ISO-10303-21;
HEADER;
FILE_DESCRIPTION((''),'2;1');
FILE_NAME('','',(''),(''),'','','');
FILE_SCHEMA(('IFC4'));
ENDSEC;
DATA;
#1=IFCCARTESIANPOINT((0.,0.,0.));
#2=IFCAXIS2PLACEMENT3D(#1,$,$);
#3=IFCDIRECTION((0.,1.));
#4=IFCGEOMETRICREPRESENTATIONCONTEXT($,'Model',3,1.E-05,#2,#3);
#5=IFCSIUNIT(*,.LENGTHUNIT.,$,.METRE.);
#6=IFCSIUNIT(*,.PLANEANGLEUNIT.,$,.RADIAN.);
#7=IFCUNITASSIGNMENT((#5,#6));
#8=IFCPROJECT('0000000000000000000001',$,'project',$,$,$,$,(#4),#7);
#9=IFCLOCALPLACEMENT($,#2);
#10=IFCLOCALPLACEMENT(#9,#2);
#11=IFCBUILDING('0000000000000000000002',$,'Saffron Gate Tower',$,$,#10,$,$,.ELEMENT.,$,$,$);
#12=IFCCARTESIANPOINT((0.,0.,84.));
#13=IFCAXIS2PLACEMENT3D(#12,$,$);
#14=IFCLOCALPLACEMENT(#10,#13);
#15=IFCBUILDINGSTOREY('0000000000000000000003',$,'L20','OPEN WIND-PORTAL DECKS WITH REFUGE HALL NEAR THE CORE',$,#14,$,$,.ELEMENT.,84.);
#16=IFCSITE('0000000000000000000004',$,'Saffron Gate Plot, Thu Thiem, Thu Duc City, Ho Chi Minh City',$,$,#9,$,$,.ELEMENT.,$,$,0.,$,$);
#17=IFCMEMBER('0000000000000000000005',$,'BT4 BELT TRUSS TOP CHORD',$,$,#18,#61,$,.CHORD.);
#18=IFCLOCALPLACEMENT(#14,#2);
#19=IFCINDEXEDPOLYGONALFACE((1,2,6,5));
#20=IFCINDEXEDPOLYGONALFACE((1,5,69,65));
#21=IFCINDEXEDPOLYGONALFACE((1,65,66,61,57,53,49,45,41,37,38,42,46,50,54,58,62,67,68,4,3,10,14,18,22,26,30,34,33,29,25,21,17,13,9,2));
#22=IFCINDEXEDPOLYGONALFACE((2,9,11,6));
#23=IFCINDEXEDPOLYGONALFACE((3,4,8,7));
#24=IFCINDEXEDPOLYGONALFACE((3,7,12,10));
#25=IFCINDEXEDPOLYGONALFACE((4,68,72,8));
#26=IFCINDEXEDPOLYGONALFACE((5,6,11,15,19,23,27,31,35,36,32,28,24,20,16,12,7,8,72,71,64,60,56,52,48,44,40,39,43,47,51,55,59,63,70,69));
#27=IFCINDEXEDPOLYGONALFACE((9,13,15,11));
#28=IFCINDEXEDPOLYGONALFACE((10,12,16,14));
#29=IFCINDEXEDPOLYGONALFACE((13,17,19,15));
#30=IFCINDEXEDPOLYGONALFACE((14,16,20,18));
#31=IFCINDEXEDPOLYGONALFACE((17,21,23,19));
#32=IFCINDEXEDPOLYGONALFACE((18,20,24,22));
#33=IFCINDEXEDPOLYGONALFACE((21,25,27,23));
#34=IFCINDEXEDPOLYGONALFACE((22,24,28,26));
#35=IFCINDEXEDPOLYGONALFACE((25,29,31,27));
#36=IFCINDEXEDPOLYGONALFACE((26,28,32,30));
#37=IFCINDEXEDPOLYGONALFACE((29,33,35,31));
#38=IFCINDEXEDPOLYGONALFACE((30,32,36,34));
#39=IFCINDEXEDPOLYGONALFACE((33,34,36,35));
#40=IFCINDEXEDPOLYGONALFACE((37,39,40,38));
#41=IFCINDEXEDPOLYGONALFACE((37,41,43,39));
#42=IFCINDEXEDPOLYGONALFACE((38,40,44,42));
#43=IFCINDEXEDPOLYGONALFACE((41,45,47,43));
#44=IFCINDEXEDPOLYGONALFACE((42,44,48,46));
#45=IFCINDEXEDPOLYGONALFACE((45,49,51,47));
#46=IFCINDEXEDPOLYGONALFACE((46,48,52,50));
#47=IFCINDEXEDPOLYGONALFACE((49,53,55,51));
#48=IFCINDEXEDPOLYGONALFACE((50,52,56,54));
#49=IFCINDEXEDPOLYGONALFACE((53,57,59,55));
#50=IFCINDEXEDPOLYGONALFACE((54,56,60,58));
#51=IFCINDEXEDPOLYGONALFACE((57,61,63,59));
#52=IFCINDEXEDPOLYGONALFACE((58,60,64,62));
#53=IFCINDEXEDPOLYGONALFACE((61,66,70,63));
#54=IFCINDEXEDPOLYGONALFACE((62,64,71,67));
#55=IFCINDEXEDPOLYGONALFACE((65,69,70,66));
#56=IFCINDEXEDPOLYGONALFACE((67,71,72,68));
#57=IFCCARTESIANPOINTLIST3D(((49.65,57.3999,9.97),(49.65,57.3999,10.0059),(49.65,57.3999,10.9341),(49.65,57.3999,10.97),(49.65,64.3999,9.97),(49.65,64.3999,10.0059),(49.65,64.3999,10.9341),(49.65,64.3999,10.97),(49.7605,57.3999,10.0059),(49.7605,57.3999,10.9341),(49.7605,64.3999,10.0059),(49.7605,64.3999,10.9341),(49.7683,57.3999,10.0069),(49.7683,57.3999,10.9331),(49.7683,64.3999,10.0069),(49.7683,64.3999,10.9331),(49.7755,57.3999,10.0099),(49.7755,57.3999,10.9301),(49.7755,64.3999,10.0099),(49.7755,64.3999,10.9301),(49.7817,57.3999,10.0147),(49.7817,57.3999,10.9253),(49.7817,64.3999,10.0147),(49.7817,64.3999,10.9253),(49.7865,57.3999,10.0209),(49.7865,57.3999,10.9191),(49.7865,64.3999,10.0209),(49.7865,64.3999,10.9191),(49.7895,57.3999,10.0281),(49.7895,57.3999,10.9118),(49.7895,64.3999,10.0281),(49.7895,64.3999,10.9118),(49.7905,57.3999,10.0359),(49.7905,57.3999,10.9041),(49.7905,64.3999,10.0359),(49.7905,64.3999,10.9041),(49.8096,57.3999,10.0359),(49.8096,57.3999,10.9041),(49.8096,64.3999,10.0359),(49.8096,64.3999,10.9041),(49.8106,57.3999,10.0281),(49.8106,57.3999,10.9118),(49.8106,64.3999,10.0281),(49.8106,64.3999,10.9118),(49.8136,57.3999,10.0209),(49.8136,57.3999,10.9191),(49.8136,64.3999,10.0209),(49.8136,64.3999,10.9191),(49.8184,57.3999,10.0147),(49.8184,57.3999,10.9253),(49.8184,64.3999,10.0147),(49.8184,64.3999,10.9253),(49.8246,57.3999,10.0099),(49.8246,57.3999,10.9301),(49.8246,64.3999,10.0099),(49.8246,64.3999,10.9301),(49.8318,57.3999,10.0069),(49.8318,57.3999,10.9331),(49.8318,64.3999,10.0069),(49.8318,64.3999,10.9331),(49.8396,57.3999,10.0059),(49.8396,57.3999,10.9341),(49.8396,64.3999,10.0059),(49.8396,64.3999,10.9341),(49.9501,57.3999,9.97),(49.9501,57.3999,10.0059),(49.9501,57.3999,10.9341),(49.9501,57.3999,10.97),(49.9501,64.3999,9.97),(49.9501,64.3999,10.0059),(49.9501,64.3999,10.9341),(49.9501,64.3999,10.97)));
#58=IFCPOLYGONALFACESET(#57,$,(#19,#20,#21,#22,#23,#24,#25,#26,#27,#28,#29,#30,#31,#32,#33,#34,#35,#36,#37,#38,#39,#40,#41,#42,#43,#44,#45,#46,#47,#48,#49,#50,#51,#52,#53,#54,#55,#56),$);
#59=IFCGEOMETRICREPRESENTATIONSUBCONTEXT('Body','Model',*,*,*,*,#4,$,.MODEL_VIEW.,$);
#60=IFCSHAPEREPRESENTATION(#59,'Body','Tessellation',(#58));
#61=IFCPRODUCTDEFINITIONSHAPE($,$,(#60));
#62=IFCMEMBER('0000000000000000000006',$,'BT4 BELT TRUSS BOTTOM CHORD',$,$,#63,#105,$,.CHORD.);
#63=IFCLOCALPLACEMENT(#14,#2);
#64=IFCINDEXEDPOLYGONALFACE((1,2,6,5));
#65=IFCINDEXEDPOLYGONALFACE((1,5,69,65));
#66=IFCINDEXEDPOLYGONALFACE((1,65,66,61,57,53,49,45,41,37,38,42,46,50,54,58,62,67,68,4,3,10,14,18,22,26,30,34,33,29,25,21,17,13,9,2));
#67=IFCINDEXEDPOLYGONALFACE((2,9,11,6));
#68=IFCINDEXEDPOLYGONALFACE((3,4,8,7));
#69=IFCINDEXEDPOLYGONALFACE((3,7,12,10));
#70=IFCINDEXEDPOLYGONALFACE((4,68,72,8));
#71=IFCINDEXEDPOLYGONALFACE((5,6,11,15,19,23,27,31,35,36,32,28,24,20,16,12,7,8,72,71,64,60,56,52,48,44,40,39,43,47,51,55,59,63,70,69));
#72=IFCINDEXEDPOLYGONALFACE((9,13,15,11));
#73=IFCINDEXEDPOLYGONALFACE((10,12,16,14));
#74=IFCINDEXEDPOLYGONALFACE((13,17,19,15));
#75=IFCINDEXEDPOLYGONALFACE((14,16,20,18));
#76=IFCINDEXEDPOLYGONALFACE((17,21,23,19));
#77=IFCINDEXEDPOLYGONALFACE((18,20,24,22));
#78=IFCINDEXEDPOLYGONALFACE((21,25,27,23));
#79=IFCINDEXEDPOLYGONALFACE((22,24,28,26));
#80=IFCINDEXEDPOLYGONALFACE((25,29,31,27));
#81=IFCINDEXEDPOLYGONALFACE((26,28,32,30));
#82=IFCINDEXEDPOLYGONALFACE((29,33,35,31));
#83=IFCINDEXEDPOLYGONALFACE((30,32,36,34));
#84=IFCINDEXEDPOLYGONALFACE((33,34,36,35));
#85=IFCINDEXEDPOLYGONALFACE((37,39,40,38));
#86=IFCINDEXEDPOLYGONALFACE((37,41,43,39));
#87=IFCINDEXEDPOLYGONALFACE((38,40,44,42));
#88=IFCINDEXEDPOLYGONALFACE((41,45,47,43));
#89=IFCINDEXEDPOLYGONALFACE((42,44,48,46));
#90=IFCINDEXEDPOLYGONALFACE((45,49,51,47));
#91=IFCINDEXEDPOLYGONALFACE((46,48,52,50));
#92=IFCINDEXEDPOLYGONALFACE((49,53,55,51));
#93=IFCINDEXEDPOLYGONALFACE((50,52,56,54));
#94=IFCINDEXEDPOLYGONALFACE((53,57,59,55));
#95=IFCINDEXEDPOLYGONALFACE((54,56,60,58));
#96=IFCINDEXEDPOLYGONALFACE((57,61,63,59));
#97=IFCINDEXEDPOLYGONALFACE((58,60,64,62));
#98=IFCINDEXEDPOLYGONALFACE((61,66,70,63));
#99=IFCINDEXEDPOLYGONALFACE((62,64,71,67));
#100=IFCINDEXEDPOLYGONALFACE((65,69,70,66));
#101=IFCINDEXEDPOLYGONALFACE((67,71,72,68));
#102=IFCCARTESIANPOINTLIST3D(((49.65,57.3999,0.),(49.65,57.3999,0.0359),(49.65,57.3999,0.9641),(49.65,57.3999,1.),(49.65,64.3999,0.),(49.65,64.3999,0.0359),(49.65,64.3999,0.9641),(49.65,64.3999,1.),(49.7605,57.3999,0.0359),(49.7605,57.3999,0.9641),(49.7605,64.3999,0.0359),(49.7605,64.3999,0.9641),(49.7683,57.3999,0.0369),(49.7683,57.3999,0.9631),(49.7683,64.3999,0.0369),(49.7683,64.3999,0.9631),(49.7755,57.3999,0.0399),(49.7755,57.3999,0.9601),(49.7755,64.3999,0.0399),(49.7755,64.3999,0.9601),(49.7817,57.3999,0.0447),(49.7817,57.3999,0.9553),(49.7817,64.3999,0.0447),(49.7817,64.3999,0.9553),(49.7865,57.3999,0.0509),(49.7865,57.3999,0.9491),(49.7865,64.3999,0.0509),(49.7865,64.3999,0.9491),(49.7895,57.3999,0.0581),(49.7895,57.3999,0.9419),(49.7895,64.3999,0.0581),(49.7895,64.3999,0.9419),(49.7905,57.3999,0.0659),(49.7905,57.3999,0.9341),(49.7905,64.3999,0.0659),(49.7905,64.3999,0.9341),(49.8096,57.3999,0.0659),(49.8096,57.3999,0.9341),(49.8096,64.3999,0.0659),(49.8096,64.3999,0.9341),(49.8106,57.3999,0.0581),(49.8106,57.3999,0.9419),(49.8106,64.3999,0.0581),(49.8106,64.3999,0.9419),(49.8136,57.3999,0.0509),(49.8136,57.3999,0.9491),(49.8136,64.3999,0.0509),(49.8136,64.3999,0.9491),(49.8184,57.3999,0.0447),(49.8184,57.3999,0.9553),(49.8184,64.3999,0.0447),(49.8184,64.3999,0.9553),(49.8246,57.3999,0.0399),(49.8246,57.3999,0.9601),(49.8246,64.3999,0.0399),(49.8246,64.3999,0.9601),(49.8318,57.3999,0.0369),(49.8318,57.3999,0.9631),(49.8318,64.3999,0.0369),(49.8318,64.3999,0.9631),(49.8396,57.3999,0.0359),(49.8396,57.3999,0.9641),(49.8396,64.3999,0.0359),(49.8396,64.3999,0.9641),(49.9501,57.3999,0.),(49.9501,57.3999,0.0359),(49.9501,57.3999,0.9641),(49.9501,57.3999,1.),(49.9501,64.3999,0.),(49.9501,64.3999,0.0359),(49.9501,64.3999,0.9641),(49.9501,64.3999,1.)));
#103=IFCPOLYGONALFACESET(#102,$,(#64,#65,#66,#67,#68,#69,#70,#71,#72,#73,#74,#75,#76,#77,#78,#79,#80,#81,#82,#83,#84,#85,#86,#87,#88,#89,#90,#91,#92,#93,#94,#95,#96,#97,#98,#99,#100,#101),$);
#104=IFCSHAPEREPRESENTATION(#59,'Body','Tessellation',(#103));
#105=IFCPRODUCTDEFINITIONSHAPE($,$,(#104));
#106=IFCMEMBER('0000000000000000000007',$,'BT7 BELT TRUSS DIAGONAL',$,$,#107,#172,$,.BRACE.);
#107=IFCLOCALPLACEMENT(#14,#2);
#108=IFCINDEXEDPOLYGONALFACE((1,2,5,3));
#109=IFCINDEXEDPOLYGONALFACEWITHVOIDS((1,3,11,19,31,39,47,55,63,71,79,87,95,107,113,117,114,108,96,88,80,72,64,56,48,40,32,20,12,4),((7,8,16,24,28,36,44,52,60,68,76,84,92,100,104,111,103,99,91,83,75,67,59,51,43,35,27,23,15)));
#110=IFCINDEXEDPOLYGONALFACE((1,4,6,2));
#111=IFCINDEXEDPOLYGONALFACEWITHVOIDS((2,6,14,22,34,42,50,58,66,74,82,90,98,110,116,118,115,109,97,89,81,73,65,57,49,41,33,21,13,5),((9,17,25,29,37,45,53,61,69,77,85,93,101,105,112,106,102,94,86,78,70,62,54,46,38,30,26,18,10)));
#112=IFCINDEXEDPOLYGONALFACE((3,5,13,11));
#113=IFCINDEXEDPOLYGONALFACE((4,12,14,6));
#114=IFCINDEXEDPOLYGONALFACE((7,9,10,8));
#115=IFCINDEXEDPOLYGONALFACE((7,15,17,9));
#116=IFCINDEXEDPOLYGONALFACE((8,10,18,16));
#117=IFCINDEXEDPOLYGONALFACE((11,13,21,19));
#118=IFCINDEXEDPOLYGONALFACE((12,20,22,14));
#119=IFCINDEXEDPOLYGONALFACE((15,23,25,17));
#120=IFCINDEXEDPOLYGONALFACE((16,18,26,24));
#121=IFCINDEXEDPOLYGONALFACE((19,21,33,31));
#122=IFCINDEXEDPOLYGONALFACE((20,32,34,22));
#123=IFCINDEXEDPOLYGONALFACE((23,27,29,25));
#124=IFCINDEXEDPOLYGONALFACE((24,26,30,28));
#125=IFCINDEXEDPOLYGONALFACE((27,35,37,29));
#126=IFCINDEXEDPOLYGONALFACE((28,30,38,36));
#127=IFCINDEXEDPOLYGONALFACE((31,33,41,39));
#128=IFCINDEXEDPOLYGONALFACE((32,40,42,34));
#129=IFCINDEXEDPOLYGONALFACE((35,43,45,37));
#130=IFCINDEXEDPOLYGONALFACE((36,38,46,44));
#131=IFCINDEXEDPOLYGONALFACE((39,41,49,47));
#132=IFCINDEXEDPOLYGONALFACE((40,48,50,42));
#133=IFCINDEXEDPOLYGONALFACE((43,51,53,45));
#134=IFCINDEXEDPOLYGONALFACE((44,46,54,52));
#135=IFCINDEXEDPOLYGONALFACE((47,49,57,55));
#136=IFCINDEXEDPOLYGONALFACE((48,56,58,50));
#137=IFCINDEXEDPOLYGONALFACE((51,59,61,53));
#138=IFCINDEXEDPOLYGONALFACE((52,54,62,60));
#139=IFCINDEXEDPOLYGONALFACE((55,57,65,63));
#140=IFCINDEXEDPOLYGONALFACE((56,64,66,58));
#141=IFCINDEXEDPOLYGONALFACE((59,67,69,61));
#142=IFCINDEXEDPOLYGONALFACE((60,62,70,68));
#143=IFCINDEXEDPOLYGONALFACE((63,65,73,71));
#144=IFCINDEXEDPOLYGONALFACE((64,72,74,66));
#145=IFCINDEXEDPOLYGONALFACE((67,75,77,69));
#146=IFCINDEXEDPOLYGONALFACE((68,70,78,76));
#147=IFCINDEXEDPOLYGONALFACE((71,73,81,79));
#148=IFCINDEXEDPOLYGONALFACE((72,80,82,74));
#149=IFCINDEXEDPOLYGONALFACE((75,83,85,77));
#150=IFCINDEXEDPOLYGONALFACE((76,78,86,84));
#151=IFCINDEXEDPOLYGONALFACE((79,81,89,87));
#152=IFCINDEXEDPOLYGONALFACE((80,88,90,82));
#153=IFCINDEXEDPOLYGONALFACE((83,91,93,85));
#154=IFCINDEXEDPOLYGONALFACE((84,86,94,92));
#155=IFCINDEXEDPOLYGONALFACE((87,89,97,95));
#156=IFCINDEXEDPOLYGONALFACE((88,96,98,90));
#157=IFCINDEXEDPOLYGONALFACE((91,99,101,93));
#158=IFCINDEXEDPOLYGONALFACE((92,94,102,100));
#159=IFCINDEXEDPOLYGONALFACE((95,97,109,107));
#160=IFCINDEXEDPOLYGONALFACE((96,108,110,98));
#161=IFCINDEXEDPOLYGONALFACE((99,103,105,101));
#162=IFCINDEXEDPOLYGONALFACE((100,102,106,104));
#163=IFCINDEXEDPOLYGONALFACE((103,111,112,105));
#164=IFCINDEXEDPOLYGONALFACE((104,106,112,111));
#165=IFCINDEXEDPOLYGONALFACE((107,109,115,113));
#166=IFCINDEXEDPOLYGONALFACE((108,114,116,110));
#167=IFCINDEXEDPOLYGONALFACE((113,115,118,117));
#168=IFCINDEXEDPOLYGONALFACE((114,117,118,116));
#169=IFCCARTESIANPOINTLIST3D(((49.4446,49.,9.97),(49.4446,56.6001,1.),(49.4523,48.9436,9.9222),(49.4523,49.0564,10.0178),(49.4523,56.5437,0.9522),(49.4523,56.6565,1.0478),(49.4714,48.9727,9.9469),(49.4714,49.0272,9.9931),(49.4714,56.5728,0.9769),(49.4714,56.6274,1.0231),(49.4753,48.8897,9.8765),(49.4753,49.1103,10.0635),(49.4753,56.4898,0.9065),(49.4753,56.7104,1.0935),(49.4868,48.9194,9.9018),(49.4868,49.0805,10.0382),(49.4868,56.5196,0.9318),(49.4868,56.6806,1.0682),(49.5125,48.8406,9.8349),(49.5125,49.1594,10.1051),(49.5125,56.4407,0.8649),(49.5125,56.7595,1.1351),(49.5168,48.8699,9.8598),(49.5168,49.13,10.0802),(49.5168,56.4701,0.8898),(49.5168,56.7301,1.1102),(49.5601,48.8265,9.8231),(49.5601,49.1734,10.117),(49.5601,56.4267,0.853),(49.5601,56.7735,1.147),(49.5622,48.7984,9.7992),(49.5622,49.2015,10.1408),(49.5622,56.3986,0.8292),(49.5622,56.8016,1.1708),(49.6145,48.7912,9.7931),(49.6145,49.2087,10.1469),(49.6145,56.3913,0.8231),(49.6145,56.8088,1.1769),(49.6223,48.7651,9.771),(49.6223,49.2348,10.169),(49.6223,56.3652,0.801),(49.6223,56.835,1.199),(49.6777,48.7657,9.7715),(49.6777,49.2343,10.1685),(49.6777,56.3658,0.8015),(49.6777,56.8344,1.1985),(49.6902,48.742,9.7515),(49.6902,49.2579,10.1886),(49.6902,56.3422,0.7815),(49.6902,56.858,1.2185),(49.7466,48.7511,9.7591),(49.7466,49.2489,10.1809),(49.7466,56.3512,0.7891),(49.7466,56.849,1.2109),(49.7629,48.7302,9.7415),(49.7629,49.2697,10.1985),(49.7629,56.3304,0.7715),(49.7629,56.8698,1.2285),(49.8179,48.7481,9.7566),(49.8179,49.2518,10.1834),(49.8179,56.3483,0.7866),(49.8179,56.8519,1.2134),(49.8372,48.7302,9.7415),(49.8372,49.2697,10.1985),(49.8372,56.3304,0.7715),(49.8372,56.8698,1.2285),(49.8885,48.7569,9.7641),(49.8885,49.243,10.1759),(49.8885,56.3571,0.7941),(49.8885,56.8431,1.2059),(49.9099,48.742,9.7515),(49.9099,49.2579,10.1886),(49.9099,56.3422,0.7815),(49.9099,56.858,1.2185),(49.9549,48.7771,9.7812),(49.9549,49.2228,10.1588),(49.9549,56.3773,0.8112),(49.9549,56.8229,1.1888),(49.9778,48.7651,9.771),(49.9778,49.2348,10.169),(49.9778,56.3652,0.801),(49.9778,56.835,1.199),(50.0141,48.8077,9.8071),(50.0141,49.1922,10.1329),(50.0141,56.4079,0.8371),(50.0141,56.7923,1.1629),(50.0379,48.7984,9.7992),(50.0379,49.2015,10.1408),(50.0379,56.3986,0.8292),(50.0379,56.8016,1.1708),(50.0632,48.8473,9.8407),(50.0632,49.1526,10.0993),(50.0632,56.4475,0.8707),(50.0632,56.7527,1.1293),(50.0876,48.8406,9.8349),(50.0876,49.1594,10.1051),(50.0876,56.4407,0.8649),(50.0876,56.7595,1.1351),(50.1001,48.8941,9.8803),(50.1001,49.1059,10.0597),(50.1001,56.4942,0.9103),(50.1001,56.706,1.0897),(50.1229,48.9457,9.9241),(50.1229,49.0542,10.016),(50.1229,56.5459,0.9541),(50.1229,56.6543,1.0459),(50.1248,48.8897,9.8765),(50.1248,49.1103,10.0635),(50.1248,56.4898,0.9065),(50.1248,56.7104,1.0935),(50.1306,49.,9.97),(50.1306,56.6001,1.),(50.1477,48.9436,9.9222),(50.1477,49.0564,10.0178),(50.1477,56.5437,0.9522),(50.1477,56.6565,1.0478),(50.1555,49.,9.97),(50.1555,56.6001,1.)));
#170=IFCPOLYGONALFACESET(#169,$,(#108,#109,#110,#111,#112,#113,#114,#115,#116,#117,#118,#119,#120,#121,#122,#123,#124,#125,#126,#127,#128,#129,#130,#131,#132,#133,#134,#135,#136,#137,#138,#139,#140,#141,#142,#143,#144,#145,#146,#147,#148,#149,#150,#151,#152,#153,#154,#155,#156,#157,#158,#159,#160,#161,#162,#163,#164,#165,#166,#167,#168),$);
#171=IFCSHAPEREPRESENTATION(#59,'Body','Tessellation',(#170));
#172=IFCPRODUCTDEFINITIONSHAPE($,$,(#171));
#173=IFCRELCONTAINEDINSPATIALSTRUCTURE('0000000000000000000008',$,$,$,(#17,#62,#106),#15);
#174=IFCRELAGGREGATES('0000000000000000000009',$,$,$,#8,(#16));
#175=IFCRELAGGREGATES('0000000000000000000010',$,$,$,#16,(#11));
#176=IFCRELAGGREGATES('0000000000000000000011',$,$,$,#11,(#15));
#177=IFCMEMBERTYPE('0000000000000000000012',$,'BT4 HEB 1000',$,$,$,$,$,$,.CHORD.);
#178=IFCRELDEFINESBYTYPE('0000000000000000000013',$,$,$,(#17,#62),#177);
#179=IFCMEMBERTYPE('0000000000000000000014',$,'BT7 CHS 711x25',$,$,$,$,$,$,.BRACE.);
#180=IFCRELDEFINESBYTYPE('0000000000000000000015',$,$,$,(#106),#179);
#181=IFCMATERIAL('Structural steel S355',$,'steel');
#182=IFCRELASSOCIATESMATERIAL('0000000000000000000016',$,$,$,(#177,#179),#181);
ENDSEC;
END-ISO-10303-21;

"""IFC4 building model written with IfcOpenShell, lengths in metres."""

from ifc_helpers import new_model, si_unit, direction, frame, origin, origin_2d, place, context, subcontext, project, spatial, hollow_circle, i_section, extrude, material, material_profile, profile_set, type_object, element, save


model = new_model("IFC4")

# Units and contexts
model_context = context("Model", 3, precision=1e-05, world=origin(), true_north=direction((0.0, 1.0)))
body_context = subcontext(model_context, "Body", "Model", "MODEL_VIEW")
ifc_project = project(units=[si_unit("LENGTHUNIT", "METRE"), si_unit("PLANEANGLEUNIT", "RADIAN")], contexts=[model_context])

# Site, building, storey
site_placement = place(None, origin())
site = spatial("IfcSite", under=ifc_project, at=site_placement, Name="Saffron Gate Plot, Thu Thiem, Thu Duc City, Ho Chi Minh City", CompositionType="ELEMENT", RefElevation=0.0)
building_placement = place(site_placement, origin())
building = spatial("IfcBuilding", under=site, at=building_placement, Name="Saffron Gate Tower", CompositionType="ELEMENT")
storey_placement = place(building_placement, frame((0.0, 0.0, 84.0)))
storey = spatial("IfcBuildingStorey", under=building, at=storey_placement, Name="L20", Description="OPEN WIND-PORTAL DECKS WITH REFUGE HALL NEAR THE CORE", CompositionType="ELEMENT", Elevation=84.0)

# Shared definitions
ifc_material_1 = material(Name="Structural steel S355", Category="steel")

# Members
ifc_material_profile_1 = material_profile(ifc_material_1, i_section(OverallWidth=0.3, OverallDepth=1.0, WebThickness=0.019, FlangeThickness=0.0359, FilletRadius=0.03, at=origin_2d()))
ifc_profile_set_1 = profile_set([ifc_material_profile_1], Name="Structural steel S355")
member_type_1 = type_object("IfcMemberType", Name="BT4 HEB 1000", PredefinedType="CHORD", material=ifc_profile_set_1)
for number, where, z_axis, x_axis, name in (
    (1, (49.8, 57.3999, 10.47), (0.0, 1.0, 0.0), (-1.0, 0.0, 0.0), "BT4 BELT TRUSS TOP CHORD"),
    (2, (49.8, 57.3999, 0.5), (0.0, 1.0, 0.0), (-1.0, 0.0, 0.0), "BT4 BELT TRUSS BOTTOM CHORD"),
):
    element("IfcMember", number, at=place(storey_placement, frame(where, z_axis=z_axis, x_axis=x_axis)), inside=storey, type_object=member_type_1, Name=name, PredefinedType="CHORD", context=body_context, shape_type="SweptSolid", body=[
        extrude(i_section(OverallWidth=0.3, OverallDepth=1.0, WebThickness=0.019, FlangeThickness=0.0359, FilletRadius=0.03, at=origin_2d()), origin(), (0.0, 0.0, 1.0), 7.0),
    ])
ifc_material_profile_2 = material_profile(ifc_material_1, hollow_circle(Radius=0.3555, WallThickness=0.0249, at=origin_2d()))
ifc_profile_set_2 = profile_set([ifc_material_profile_2], Name="Structural steel S355")
member_type_2 = type_object("IfcMemberType", Name="BT7 CHS 711x25", PredefinedType="BRACE", material=ifc_profile_set_2)
member_1_placement = place(storey_placement, frame((49.8, 56.6001, 1.0), z_axis=(0.0, -0.646444, 0.762962), x_axis=(1.0, 0.0, 0.0)))
element("IfcMember", 3, at=member_1_placement, inside=storey, type_object=member_type_2, Name="BT7 BELT TRUSS DIAGONAL", PredefinedType="BRACE", context=body_context, shape_type="SweptSolid", body=[
    extrude(hollow_circle(Radius=0.3555, WallThickness=0.0249, at=origin_2d()), origin(), (0.0, 0.0, 1.0), 11.7568),
])

save(model, "model.ifc")
